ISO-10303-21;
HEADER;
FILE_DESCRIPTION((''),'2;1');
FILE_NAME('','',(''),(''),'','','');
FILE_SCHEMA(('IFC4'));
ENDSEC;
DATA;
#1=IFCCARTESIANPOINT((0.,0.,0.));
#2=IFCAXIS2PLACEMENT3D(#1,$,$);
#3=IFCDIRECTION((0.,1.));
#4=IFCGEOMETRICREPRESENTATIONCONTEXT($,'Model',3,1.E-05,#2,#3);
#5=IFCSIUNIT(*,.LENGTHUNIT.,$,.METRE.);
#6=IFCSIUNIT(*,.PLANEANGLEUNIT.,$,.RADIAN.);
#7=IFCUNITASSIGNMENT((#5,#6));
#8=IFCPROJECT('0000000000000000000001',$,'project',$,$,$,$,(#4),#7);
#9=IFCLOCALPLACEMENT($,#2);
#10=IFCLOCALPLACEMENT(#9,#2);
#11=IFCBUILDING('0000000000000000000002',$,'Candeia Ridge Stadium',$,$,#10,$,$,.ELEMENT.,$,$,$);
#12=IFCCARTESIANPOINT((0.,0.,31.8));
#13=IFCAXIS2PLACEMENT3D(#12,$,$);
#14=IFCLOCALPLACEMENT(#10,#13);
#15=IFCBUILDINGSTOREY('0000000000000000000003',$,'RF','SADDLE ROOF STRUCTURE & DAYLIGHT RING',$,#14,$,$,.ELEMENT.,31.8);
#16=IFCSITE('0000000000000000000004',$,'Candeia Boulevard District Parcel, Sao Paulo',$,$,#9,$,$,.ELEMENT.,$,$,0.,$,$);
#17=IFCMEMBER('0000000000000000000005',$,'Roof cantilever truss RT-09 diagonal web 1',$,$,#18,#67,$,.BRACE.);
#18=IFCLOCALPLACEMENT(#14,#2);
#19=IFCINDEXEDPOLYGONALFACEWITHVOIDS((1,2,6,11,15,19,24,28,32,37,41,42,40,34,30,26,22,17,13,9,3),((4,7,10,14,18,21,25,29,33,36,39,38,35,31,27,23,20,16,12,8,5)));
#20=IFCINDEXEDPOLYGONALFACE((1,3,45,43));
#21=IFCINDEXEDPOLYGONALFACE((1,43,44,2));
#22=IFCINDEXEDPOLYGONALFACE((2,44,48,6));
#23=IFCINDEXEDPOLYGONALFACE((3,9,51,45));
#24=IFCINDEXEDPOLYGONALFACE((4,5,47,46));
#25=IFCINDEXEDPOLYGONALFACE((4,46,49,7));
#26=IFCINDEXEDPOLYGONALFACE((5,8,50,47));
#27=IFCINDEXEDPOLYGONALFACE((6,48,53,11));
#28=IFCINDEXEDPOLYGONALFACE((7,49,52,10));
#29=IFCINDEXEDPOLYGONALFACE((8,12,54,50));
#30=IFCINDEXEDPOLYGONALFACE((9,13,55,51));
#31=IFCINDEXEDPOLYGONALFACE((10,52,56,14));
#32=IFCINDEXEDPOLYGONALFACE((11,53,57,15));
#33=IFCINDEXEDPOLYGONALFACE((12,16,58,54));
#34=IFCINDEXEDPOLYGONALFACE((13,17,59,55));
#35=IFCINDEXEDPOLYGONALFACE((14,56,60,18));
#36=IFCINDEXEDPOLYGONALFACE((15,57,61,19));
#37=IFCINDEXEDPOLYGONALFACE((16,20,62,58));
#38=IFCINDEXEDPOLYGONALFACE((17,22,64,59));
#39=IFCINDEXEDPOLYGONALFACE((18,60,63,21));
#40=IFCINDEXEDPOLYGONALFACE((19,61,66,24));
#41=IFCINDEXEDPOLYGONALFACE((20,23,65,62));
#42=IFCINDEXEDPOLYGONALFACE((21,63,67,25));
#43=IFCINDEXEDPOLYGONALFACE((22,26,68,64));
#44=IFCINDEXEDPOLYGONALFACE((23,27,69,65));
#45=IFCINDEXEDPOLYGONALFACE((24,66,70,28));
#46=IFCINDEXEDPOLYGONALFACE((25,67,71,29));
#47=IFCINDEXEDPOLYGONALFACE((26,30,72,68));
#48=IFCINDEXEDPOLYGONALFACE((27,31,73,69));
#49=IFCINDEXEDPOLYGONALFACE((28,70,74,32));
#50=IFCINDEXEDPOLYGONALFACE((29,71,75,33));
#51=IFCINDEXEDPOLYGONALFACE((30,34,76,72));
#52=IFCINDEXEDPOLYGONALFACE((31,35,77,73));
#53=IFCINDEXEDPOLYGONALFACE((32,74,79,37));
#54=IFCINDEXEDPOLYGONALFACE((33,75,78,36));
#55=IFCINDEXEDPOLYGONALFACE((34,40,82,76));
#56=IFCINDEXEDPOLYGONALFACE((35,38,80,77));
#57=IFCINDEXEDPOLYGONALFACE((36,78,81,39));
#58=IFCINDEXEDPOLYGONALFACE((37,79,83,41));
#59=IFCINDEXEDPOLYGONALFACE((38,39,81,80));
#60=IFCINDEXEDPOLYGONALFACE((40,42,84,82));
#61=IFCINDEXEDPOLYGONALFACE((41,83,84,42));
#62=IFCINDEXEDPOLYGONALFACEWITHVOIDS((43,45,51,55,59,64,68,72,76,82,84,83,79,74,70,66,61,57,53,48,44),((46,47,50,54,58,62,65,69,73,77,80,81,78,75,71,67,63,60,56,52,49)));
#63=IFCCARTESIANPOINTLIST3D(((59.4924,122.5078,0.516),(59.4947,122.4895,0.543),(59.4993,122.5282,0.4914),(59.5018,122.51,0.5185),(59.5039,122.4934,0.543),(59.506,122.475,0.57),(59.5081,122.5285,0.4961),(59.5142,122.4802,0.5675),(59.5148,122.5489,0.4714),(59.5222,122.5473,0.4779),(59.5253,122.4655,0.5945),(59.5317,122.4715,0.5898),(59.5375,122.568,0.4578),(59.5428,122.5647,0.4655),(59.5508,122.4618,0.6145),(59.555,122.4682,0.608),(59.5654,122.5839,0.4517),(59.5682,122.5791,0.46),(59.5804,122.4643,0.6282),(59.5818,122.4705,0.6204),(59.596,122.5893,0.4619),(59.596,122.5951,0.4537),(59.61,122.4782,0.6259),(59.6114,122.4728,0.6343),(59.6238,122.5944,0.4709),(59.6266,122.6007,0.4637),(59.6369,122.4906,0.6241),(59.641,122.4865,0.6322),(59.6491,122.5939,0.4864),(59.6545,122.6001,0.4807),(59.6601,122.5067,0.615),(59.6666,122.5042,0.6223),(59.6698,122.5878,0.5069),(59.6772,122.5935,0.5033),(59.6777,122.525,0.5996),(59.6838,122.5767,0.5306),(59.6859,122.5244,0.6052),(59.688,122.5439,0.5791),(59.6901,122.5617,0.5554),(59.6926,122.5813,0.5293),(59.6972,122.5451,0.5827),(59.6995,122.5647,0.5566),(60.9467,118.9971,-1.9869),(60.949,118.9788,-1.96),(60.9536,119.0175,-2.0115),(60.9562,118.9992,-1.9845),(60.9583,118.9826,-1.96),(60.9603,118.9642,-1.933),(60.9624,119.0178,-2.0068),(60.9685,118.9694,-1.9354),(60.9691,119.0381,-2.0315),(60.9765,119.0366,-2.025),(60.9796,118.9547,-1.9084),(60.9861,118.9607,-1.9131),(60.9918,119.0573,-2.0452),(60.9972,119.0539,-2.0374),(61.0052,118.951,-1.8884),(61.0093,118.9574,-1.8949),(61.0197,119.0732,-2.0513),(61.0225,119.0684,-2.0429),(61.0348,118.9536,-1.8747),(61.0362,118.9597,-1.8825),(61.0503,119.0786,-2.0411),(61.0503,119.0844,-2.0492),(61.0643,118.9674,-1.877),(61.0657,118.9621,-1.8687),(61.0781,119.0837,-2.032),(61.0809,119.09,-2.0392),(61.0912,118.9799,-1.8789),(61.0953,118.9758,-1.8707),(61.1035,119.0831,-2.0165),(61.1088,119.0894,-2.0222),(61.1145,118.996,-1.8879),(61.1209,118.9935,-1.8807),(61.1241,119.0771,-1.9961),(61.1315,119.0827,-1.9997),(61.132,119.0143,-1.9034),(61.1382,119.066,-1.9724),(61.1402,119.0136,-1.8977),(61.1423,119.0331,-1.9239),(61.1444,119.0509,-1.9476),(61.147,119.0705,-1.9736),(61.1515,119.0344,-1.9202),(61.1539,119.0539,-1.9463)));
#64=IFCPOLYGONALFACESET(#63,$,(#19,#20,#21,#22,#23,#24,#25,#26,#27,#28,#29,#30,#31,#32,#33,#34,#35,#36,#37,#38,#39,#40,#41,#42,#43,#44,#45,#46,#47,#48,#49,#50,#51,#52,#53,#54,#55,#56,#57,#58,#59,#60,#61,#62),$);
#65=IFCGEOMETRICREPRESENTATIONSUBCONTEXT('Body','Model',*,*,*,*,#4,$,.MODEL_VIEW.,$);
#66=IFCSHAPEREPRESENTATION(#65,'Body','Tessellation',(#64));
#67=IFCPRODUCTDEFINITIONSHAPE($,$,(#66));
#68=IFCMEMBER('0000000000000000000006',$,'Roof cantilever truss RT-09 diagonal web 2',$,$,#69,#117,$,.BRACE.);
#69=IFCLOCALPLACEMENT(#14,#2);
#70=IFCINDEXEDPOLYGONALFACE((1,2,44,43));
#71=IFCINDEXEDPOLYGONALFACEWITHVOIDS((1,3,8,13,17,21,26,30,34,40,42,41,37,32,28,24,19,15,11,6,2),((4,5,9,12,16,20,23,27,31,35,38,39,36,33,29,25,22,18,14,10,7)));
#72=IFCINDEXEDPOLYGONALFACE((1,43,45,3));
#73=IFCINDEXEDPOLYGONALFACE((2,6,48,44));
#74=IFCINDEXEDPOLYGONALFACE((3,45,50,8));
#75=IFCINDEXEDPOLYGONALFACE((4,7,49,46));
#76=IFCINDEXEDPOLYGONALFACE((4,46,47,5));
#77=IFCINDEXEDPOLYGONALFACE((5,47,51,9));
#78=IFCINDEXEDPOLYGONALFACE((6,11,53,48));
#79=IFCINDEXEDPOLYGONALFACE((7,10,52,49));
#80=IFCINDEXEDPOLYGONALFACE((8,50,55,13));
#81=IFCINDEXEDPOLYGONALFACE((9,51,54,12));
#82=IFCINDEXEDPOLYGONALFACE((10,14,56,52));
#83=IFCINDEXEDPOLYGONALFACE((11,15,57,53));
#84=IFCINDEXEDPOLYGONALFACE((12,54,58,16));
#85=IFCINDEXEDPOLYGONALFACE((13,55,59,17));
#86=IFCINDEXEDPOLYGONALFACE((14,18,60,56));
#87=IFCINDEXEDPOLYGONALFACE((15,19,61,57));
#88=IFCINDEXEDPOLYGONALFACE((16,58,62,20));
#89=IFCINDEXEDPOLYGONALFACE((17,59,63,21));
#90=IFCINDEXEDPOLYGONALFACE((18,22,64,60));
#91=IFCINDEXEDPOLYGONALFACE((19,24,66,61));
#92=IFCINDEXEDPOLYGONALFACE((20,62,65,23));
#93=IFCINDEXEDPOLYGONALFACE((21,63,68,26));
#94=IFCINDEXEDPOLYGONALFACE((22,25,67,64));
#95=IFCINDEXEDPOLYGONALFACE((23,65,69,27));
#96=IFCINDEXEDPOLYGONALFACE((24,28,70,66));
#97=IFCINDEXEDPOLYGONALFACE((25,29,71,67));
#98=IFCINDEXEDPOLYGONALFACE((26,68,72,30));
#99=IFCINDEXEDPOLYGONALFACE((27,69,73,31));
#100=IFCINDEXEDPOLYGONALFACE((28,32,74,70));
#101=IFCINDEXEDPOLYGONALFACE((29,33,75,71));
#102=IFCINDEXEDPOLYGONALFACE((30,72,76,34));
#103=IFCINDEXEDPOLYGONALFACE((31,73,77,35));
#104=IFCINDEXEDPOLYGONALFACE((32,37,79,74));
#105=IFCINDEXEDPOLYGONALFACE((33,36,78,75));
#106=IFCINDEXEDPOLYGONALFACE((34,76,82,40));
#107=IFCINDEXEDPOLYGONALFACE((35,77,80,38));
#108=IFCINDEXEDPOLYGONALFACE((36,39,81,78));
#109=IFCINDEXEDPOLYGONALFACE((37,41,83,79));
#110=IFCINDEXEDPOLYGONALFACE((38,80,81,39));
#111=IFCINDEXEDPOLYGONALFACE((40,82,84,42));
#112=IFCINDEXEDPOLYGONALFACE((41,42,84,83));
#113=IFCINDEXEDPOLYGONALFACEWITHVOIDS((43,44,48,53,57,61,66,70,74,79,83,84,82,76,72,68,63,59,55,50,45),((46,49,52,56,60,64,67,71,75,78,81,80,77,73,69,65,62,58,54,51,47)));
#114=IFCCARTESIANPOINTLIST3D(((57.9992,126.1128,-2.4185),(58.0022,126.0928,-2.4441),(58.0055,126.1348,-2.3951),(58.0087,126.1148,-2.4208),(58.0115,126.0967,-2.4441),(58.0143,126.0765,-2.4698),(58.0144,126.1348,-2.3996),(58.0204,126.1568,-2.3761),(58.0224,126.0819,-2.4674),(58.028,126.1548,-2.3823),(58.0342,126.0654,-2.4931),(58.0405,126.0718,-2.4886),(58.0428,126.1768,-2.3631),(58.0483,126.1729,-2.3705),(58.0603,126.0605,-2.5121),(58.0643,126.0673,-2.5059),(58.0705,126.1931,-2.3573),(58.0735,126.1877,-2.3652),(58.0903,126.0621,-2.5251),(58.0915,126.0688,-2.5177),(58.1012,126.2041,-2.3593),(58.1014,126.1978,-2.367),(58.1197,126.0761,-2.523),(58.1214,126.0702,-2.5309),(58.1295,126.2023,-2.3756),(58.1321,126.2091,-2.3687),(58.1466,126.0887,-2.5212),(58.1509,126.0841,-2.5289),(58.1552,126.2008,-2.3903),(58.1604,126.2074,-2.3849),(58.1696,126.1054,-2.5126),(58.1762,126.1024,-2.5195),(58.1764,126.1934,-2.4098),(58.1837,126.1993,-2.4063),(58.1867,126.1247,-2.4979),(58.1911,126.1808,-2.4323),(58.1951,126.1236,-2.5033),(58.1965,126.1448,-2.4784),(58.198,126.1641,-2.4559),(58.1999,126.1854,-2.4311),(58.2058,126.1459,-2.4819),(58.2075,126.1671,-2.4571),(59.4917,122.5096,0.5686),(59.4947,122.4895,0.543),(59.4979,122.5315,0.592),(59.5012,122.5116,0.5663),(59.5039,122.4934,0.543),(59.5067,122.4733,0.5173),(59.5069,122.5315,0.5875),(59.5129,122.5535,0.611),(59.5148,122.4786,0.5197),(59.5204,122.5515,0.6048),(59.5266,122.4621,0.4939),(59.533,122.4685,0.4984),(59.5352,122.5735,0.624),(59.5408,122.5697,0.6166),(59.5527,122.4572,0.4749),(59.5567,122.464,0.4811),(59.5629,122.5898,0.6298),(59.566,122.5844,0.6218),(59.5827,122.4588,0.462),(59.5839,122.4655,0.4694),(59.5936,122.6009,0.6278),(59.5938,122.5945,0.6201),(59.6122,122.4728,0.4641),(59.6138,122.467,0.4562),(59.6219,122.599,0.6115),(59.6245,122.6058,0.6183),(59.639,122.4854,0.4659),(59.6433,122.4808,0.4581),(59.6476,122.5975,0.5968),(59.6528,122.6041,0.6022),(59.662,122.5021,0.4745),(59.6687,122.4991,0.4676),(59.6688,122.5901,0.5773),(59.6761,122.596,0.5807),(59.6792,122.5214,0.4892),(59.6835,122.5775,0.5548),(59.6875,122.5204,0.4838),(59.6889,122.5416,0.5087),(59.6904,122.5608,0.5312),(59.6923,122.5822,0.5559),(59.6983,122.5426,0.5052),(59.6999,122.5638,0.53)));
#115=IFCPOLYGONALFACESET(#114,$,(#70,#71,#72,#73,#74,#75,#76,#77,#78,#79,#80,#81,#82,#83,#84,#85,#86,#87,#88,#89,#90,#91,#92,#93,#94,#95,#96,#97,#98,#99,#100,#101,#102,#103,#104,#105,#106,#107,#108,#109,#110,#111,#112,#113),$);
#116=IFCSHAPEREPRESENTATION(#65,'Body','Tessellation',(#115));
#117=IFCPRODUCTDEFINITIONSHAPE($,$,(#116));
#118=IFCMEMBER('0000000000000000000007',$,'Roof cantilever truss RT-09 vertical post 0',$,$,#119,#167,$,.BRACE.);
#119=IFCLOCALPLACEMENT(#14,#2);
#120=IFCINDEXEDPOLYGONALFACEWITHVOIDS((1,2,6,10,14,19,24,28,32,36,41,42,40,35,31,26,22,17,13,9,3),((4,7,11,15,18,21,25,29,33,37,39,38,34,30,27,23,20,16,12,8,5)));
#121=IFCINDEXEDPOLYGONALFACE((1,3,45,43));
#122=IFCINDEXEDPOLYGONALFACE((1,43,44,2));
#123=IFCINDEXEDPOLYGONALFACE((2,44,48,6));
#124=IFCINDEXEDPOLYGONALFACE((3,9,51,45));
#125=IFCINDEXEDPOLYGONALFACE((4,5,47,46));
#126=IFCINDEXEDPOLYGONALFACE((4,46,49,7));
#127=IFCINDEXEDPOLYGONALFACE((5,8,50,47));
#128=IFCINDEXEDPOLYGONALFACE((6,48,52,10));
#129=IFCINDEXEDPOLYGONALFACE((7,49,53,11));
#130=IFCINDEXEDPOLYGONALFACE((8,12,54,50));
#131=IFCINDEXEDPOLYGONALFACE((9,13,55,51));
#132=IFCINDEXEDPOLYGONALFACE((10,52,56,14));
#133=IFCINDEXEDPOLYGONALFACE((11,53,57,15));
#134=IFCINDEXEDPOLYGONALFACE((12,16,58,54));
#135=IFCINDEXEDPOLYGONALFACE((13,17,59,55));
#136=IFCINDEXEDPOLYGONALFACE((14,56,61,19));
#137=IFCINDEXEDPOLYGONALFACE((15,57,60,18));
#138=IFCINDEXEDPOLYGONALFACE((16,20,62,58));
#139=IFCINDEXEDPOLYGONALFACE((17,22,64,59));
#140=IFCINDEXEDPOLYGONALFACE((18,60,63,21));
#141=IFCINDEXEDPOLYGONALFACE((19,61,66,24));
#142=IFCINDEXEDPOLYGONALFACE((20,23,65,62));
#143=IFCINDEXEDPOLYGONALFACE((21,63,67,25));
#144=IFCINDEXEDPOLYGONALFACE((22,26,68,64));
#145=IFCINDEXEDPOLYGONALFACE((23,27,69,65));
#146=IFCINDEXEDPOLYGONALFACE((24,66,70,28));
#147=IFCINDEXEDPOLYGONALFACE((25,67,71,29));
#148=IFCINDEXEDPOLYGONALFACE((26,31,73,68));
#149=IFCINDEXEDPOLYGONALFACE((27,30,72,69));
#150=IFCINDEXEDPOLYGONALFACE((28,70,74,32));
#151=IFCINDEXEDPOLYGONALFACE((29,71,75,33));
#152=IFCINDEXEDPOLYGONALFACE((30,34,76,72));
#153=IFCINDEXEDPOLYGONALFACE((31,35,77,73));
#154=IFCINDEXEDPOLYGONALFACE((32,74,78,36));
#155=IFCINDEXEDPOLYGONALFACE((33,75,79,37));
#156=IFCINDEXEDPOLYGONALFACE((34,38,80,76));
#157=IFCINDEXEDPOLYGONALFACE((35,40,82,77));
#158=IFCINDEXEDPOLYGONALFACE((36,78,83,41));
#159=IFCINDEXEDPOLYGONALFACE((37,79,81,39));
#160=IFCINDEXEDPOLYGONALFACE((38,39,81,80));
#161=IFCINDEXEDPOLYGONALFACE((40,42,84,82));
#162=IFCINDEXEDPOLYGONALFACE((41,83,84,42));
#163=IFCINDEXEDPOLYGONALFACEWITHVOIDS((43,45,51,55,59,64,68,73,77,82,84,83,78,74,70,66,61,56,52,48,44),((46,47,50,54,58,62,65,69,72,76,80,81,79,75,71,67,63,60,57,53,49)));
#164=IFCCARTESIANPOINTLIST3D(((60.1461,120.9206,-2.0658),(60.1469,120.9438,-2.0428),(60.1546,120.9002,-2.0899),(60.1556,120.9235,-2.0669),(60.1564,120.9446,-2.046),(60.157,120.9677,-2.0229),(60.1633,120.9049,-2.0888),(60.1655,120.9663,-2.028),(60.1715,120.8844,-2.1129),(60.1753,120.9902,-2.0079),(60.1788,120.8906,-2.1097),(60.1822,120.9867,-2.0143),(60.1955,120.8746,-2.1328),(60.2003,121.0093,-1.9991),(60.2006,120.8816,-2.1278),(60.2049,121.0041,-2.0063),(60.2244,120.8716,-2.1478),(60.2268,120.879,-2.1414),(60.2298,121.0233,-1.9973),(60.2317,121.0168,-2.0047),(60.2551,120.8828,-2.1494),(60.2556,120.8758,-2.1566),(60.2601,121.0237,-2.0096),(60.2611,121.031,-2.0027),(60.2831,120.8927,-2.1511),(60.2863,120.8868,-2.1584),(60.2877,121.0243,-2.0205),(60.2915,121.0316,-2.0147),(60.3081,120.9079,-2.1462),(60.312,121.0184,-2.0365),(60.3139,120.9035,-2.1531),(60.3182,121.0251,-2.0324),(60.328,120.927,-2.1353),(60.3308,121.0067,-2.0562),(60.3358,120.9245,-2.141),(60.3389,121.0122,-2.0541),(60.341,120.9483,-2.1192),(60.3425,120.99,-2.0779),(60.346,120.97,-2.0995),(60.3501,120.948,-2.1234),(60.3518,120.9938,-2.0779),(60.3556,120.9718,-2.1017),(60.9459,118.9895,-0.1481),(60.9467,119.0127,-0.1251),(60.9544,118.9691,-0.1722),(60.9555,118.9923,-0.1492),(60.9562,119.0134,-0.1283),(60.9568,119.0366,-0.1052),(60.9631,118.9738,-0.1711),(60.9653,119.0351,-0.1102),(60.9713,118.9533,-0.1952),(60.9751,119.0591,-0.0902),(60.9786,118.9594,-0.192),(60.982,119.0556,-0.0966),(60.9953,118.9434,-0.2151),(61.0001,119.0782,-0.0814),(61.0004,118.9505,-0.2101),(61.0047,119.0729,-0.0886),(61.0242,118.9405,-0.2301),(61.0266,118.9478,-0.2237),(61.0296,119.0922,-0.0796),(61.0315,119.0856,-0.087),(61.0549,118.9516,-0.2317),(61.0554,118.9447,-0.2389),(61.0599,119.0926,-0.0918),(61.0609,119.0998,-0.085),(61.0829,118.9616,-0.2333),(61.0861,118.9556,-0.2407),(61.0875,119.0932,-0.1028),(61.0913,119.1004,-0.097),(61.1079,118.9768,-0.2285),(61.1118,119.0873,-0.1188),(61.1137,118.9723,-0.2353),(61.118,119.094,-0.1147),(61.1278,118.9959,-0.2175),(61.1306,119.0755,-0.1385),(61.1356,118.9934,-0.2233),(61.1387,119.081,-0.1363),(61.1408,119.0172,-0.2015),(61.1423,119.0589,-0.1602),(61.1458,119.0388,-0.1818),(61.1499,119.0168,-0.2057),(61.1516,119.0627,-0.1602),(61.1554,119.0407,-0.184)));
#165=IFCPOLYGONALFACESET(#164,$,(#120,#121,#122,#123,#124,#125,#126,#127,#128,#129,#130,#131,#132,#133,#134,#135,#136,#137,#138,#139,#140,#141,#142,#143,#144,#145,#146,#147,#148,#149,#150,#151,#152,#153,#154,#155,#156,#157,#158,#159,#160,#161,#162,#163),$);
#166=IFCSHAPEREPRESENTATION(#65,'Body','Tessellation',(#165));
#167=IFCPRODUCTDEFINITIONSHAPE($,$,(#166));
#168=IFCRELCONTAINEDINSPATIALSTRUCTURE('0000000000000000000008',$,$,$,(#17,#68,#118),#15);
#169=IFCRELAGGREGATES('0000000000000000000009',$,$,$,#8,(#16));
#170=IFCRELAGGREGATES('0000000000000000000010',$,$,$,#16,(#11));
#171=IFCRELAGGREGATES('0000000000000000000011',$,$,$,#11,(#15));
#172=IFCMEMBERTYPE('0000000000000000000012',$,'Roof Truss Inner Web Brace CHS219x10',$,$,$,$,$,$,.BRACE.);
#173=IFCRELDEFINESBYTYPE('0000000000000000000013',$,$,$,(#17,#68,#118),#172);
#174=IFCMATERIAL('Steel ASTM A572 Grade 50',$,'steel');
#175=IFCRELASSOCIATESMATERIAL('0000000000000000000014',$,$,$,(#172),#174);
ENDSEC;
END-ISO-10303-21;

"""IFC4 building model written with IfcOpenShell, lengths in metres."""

from ifc_helpers import new_model, si_unit, direction, frame, origin, origin_2d, place, context, subcontext, project, spatial, hollow_circle, extrude, material, material_profile, profile_set, type_object, element, save


model = new_model("IFC4")

# Units and contexts
model_context = context("Model", 3, precision=1e-05, world=origin(), true_north=direction((0.0, 1.0)))
body_context = subcontext(model_context, "Body", "Model", "MODEL_VIEW")
ifc_project = project(units=[si_unit("LENGTHUNIT", "METRE"), si_unit("PLANEANGLEUNIT", "RADIAN")], contexts=[model_context])

# Site, building, storey
site_placement = place(None, origin())
site = spatial("IfcSite", under=ifc_project, at=site_placement, Name="Candeia Boulevard District Parcel, Sao Paulo", CompositionType="ELEMENT", RefElevation=0.0)
building_placement = place(site_placement, origin())
building = spatial("IfcBuilding", under=site, at=building_placement, Name="Candeia Ridge Stadium", CompositionType="ELEMENT")
storey_placement = place(building_placement, frame((0.0, 0.0, 31.8)))
storey = spatial("IfcBuildingStorey", under=building, at=storey_placement, Name="RF", Description="SADDLE ROOF STRUCTURE & DAYLIGHT RING", CompositionType="ELEMENT", Elevation=31.8)

# Shared definitions
ifc_material_1 = material(Name="Steel ASTM A572 Grade 50", Category="steel")

# Members
ifc_material_profile_1 = material_profile(ifc_material_1, hollow_circle(Radius=0.1096, WallThickness=0.01, at=origin_2d()), Name="CHS219x10", Category="steel")
ifc_profile_set_1 = profile_set([ifc_material_profile_1], Name="Steel ASTM A572 Grade 50")
member_type_1 = type_object("IfcMemberType", Name="Roof Truss Inner Web Brace CHS219x10", PredefinedType="BRACE", material=ifc_profile_set_1)
for number, where, z_axis, x_axis, name in (
    (1, (61.0503, 119.0208, -1.96), (-0.319616, 0.771543, 0.55006), (-0.923866, -0.382717, 0.0), "Roof cantilever truss RT-09 diagonal web 1"),
):
    element("IfcMember", number, at=place(storey_placement, frame(where, z_axis=z_axis, x_axis=x_axis)), inside=storey, type_object=member_type_1, Name=name, PredefinedType="BRACE", context=body_context, shape_type="SweptSolid", body=[
        extrude(hollow_circle(Radius=0.1096, WallThickness=0.01, at=origin_2d()), origin(), (0.0, 0.0, 1.0), 4.5503),
    ])
member_1_placement = place(storey_placement, frame((59.5959, 122.5315, 0.543), z_axis=(-0.303798, 0.733478, -0.608043), x_axis=(-0.923888, -0.382663, 0.0)))
element("IfcMember", 2, at=member_1_placement, inside=storey, type_object=member_type_1, Name="Roof cantilever truss RT-09 diagonal web 2", PredefinedType="BRACE", context=body_context, shape_type="SweptSolid", body=[
    extrude(hollow_circle(Radius=0.1096, WallThickness=0.01, at=origin_2d()), origin(), (0.0, 0.0, 1.0), 4.9126),
])
member_2_placement = place(storey_placement, frame((60.2505, 120.9519, -2.0779), z_axis=(0.281952, -0.680781, 0.676048), x_axis=(0.923897, 0.382641, 0.0)))
element("IfcMember", 3, at=member_2_placement, inside=storey, type_object=member_type_1, Name="Roof cantilever truss RT-09 vertical post 0", PredefinedType="BRACE", context=body_context, shape_type="SweptSolid", body=[
    extrude(hollow_circle(Radius=0.1096, WallThickness=0.01, at=origin_2d()), origin(), (0.0, 0.0, 1.0), 2.8367),
])

save(model, "model.ifc")
